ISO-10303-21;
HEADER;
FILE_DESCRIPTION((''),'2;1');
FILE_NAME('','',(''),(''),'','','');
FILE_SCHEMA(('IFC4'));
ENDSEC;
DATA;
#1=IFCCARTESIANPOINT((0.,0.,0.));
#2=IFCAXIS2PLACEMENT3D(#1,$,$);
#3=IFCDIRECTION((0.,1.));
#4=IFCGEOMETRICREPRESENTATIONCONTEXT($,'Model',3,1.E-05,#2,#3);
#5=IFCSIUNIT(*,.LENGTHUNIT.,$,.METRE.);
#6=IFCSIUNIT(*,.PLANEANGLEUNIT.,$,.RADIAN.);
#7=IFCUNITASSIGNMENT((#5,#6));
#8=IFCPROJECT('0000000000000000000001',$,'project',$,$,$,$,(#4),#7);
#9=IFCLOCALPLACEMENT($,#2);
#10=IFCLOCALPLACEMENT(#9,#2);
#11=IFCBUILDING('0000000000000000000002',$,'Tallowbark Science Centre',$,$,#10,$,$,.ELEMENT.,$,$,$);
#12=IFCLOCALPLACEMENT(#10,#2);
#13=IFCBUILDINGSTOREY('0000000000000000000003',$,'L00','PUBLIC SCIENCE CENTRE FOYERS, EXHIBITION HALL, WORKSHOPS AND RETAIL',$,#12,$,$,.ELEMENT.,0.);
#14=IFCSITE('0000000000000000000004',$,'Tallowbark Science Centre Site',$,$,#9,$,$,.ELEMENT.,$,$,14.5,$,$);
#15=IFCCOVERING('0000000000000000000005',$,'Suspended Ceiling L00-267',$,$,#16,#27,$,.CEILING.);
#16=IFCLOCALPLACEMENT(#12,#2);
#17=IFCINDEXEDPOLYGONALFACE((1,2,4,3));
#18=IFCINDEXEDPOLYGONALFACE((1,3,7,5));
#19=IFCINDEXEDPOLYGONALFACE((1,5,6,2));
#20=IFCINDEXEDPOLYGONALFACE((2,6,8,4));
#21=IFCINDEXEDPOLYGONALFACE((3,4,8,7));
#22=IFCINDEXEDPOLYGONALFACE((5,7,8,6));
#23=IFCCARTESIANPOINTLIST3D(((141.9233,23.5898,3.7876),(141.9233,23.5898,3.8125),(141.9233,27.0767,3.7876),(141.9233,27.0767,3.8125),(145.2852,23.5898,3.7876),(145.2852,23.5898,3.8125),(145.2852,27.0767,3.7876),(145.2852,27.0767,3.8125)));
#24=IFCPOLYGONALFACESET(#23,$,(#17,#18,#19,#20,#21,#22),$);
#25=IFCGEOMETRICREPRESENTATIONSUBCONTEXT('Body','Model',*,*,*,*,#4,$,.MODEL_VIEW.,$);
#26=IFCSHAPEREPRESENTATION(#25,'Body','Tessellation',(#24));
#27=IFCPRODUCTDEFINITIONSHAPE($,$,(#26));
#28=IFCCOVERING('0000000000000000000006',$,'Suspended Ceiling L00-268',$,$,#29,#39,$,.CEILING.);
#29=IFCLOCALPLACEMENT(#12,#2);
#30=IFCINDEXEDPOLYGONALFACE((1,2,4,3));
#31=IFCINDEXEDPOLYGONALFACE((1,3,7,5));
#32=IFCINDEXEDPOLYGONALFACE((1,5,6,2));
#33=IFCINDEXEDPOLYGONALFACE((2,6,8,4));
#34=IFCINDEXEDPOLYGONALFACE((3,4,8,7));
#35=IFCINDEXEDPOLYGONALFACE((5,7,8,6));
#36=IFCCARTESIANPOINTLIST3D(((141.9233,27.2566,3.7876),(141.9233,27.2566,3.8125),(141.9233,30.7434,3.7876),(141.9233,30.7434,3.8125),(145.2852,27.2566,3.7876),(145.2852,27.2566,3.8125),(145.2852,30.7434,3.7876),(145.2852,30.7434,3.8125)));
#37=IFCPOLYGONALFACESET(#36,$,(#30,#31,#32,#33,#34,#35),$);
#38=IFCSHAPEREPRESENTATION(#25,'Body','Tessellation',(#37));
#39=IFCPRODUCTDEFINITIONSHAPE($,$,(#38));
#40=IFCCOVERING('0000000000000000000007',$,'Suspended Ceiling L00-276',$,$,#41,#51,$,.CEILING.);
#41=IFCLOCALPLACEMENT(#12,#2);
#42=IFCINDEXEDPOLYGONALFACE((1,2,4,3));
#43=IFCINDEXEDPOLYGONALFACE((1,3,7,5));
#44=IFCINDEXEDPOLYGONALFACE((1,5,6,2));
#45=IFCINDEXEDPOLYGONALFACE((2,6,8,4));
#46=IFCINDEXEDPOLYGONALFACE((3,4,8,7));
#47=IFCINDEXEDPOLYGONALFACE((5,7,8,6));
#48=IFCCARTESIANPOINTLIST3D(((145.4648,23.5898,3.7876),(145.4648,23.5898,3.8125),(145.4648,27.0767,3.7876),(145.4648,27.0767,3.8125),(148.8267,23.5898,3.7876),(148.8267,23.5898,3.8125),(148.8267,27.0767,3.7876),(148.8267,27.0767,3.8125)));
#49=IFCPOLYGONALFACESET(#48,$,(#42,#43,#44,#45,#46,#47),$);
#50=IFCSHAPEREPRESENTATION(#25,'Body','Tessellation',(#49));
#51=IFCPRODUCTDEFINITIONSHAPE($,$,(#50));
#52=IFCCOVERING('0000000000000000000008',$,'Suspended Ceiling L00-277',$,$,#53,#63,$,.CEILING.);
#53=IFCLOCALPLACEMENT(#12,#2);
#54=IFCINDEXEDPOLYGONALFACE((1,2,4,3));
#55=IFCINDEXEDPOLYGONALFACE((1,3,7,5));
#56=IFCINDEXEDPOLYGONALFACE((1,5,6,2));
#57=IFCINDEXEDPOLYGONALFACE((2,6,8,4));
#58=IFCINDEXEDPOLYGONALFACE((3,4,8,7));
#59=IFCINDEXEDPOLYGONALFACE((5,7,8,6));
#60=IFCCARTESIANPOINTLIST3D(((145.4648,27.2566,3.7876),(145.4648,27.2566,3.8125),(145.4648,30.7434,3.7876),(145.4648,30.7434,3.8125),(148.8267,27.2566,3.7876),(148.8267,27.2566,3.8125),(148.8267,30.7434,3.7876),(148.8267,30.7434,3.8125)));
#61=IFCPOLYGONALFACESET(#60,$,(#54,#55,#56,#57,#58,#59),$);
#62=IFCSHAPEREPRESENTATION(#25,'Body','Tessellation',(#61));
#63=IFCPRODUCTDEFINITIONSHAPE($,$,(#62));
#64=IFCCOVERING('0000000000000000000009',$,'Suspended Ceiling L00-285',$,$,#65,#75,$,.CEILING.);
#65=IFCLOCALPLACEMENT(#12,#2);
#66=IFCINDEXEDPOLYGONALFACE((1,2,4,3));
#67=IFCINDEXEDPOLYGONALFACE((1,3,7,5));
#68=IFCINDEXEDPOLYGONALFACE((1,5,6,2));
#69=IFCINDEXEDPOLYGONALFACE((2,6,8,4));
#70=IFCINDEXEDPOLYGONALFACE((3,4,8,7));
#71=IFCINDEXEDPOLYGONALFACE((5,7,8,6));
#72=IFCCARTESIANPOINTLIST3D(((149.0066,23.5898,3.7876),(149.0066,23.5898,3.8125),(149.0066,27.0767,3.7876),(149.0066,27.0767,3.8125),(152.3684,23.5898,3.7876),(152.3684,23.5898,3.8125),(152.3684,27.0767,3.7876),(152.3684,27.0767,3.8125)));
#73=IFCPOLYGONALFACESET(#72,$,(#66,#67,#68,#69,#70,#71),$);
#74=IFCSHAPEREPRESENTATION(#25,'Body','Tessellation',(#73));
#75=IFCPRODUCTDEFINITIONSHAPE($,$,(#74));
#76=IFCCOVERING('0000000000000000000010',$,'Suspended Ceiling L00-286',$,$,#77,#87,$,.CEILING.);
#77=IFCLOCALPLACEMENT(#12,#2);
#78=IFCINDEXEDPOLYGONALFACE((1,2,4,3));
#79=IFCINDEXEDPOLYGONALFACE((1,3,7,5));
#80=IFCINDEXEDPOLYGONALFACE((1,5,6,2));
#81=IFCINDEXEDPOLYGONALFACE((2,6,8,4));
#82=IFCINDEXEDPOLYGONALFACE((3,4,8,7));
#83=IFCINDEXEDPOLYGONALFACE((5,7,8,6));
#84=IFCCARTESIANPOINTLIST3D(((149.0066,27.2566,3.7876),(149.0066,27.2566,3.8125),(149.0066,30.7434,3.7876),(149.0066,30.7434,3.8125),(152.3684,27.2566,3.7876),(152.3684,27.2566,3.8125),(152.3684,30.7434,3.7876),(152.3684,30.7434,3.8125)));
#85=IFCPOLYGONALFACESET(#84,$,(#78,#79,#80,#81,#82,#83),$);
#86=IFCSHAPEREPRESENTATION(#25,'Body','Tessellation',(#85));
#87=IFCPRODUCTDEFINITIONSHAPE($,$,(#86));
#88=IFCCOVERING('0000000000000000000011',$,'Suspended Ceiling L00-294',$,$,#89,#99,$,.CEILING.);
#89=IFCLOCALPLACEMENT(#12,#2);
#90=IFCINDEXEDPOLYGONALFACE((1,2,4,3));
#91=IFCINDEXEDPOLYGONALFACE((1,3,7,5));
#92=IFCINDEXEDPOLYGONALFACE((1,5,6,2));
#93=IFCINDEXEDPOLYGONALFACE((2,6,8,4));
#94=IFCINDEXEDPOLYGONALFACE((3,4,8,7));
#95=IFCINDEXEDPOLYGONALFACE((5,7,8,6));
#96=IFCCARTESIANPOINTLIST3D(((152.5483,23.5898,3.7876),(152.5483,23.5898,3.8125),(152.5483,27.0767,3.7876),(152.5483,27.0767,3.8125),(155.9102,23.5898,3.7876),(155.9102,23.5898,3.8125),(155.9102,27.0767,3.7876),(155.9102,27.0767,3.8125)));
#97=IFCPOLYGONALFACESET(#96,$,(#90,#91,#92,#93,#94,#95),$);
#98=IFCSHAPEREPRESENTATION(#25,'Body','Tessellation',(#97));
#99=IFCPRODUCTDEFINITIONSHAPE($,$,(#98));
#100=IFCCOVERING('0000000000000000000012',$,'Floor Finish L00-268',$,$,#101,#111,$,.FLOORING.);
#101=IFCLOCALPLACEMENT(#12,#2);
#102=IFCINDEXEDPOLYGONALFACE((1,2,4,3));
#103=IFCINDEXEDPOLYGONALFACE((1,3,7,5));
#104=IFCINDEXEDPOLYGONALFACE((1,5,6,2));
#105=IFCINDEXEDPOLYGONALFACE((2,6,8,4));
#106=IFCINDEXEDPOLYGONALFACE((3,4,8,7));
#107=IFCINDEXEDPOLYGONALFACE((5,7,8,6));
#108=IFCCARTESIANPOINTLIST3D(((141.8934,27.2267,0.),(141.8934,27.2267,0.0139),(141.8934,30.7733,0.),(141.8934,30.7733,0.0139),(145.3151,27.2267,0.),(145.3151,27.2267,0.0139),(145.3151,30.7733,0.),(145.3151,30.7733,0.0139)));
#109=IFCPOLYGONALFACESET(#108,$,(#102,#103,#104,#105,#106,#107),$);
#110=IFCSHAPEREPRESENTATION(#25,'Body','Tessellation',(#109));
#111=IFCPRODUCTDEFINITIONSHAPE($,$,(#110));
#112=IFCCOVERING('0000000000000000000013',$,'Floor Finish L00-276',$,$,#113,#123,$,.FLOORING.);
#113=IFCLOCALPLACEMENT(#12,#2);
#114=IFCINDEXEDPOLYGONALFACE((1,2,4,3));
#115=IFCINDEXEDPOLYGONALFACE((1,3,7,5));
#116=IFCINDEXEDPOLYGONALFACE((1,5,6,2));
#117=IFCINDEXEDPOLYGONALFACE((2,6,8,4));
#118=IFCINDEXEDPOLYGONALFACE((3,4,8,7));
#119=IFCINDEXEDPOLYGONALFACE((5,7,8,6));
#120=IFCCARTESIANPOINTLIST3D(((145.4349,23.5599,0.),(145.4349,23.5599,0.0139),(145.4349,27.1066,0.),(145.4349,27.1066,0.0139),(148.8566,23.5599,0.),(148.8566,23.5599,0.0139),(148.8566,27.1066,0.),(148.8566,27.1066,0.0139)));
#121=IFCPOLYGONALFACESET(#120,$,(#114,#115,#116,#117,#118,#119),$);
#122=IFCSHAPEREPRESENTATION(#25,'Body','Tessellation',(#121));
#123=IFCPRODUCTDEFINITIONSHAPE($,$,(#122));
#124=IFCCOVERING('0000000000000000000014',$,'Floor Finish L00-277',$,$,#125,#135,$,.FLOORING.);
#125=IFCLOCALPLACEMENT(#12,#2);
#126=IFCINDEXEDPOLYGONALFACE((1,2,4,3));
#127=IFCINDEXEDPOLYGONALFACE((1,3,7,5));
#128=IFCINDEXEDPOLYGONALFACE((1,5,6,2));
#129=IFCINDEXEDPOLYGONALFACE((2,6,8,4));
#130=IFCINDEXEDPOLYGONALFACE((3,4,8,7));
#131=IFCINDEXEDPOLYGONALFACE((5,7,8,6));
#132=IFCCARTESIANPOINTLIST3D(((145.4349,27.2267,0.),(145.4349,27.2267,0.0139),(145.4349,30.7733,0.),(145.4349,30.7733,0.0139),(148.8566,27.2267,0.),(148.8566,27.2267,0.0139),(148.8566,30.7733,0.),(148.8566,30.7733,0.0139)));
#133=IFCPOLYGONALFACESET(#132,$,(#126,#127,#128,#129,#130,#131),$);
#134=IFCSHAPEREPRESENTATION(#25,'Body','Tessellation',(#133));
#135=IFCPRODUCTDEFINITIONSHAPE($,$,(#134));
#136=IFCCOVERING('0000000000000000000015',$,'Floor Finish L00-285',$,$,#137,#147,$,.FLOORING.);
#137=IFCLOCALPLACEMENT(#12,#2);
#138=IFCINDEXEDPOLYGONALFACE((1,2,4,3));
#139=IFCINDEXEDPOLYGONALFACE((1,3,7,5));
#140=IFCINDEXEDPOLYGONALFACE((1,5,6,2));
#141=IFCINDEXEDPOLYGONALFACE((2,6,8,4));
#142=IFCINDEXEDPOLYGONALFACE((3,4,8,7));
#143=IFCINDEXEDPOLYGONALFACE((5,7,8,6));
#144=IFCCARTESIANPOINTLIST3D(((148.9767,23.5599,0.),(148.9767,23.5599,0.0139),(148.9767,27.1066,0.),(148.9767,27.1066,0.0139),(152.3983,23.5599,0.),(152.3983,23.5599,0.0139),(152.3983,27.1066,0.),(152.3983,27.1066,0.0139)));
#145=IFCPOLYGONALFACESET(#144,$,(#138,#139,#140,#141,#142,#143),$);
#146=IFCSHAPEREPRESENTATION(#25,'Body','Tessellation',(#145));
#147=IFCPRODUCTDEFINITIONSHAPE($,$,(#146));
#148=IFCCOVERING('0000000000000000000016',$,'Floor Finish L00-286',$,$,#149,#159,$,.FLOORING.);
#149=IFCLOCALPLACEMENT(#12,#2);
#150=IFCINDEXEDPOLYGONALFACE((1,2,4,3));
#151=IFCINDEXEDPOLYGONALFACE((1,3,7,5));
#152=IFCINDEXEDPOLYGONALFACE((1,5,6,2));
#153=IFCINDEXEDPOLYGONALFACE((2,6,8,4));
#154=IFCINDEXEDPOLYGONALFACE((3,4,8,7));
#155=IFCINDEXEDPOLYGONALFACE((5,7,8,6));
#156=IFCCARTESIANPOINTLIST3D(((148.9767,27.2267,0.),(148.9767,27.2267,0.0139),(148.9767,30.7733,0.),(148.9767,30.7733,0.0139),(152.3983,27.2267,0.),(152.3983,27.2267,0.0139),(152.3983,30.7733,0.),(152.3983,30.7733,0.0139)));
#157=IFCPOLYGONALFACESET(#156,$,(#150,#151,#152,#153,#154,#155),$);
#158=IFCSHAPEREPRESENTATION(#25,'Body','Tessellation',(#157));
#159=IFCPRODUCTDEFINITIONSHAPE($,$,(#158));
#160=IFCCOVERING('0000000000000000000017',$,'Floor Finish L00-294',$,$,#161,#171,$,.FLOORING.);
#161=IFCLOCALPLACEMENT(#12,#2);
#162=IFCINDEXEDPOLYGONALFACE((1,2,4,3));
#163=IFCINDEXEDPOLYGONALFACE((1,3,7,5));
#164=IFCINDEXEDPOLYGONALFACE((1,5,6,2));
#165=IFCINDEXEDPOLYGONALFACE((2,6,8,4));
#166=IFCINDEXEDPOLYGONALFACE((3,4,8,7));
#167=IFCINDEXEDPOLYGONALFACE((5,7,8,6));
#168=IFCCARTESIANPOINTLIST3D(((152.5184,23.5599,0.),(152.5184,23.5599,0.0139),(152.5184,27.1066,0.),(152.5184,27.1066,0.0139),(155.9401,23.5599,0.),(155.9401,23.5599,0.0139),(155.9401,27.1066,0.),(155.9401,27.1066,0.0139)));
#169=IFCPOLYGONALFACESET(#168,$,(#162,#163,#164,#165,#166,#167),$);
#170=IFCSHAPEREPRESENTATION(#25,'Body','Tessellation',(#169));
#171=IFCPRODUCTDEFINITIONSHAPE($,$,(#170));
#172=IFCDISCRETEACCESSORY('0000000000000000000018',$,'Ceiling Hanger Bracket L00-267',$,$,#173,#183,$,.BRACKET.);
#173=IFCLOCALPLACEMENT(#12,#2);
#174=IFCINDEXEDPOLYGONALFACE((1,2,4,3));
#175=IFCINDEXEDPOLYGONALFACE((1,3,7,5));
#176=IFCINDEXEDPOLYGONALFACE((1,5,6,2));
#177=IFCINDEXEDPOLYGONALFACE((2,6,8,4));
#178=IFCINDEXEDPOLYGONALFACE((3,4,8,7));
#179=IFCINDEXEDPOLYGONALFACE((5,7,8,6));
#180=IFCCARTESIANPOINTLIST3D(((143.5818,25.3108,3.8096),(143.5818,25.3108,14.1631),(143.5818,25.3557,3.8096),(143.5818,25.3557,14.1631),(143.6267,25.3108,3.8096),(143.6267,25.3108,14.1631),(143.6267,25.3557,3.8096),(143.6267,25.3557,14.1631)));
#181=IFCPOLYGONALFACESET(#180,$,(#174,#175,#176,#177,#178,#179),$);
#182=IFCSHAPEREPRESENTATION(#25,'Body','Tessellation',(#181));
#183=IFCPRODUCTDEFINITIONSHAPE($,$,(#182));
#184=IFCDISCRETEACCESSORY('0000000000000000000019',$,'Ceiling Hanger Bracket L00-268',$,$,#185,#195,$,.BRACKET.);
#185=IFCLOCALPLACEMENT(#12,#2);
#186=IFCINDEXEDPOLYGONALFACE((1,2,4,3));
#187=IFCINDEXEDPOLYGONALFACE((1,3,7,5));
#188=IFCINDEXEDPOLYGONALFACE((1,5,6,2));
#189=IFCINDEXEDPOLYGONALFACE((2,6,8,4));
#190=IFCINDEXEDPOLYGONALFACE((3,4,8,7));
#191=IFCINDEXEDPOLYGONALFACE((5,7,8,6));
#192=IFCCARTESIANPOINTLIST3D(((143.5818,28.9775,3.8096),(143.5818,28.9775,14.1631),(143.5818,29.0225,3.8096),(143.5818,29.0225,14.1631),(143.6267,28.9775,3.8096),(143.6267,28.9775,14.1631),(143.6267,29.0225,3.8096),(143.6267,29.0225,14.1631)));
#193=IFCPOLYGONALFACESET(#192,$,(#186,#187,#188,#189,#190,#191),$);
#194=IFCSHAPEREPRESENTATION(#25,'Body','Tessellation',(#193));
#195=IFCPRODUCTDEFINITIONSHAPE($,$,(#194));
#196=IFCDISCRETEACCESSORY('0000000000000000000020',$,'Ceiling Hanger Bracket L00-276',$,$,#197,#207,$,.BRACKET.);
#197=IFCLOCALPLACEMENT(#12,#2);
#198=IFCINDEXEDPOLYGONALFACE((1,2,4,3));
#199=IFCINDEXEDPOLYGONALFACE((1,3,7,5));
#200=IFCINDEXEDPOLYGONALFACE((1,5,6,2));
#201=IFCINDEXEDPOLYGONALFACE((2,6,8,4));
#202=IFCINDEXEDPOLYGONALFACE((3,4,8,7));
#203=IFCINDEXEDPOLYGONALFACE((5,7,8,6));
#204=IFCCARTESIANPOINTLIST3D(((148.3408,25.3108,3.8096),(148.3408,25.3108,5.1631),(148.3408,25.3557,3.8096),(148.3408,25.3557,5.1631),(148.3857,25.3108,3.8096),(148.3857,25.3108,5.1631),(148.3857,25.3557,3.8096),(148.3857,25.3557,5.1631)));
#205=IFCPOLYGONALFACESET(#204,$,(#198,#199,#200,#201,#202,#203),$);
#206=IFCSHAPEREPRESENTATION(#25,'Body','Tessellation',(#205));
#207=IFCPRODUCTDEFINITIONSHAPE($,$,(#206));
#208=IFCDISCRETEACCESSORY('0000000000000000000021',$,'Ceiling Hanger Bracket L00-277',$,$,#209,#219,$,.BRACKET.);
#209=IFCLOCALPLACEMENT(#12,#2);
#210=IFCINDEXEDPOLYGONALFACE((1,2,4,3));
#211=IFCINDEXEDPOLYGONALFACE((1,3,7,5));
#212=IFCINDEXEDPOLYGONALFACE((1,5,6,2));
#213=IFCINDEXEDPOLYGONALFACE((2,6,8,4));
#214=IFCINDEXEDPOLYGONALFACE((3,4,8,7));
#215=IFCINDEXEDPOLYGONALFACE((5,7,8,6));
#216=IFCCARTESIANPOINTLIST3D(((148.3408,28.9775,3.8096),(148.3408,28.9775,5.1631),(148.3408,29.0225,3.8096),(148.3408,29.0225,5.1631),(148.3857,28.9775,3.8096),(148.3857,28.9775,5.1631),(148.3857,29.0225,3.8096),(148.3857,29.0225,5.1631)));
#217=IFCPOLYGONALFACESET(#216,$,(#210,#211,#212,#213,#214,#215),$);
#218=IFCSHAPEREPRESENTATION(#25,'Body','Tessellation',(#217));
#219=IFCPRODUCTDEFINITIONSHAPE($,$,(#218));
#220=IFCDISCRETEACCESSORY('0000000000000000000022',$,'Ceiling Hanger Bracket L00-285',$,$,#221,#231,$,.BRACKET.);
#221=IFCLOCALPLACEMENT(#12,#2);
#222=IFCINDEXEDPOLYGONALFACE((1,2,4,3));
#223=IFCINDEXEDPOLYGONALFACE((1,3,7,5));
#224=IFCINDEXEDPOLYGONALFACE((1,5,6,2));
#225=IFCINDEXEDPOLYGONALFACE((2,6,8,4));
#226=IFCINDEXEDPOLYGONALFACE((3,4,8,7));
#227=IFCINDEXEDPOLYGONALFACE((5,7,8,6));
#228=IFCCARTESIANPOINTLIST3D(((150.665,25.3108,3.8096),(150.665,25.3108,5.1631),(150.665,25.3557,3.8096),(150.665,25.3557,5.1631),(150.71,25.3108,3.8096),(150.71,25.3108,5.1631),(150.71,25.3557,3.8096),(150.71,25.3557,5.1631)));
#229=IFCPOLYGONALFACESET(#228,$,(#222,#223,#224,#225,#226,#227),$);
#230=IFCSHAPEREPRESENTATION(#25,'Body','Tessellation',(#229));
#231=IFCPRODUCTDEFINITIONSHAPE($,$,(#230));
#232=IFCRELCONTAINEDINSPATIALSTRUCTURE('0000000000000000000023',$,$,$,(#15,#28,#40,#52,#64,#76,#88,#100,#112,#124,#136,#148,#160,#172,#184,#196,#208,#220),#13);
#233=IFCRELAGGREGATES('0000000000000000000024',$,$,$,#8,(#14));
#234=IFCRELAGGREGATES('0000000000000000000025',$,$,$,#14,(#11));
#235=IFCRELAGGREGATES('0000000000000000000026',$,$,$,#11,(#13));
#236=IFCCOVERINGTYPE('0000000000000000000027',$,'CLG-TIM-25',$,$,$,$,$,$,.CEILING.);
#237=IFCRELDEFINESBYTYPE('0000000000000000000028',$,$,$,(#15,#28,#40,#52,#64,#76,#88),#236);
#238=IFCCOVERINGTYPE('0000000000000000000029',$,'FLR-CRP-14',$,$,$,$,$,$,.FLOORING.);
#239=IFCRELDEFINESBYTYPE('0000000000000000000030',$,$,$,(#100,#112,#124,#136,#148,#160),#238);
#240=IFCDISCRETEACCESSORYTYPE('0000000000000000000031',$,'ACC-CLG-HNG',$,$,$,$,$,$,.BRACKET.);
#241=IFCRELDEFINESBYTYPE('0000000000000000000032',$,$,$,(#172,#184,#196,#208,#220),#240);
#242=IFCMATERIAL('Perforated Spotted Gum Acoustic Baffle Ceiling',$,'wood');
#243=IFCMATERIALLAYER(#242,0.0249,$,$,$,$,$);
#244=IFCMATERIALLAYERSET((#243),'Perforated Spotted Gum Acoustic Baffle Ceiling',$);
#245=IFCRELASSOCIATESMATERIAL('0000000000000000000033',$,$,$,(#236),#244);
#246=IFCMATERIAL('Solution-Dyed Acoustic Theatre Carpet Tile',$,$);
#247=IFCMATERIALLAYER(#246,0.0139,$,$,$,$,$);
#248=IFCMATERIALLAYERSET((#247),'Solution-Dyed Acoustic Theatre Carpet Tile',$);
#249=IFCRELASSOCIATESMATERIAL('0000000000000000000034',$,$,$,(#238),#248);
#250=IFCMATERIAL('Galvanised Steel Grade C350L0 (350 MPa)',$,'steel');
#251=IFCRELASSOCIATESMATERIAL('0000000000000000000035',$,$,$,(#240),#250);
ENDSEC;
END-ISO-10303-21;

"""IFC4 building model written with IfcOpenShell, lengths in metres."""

from ifc_helpers import new_model, si_unit, direction, frame, origin, origin_2d, place, context, subcontext, project, spatial, rectangle, extrude, material, layer, layer_set, type_object, element, save


model = new_model("IFC4")

# Units and contexts
model_context = context("Model", 3, precision=1e-05, world=origin(), true_north=direction((0.0, 1.0)))
body_context = subcontext(model_context, "Body", "Model", "MODEL_VIEW")
ifc_project = project(units=[si_unit("LENGTHUNIT", "METRE"), si_unit("PLANEANGLEUNIT", "RADIAN")], contexts=[model_context])

# Site, building, storey
site_placement = place(None, origin())
site = spatial("IfcSite", under=ifc_project, at=site_placement, Name="Tallowbark Science Centre Site", CompositionType="ELEMENT", RefElevation=14.5)
building_placement = place(site_placement, origin())
building = spatial("IfcBuilding", under=site, at=building_placement, Name="Tallowbark Science Centre", CompositionType="ELEMENT")
storey_placement = place(building_placement, origin())
storey = spatial("IfcBuildingStorey", under=building, at=storey_placement, Name="L00", Description="PUBLIC SCIENCE CENTRE FOYERS, EXHIBITION HALL, WORKSHOPS AND RETAIL", CompositionType="ELEMENT", Elevation=0.0)

# Coverings
ifc_material_1 = material(Name="Perforated Spotted Gum Acoustic Baffle Ceiling", Category="wood")
ifc_layer_1 = layer(ifc_material_1, 0.0249)
ifc_layer_set_1 = layer_set([ifc_layer_1], Name="Perforated Spotted Gum Acoustic Baffle Ceiling")
covering_type_1 = type_object("IfcCoveringType", Name="CLG-TIM-25", PredefinedType="CEILING", material=ifc_layer_set_1)
for number, where, z_axis, x_axis, name in (
    (1, (143.6042, 25.3333, 3.7876), (0.0, 0.0, 1.0), (1.0, 0.0, 0.0), "Suspended Ceiling L00-267"),
    (2, (143.6042, 29.0, 3.7876), (0.0, 0.0, 1.0), (1.0, 0.0, 0.0), "Suspended Ceiling L00-268"),
    (3, (147.1458, 25.3333, 3.7876), (0.0, 0.0, 1.0), (1.0, 0.0, 0.0), "Suspended Ceiling L00-276"),
    (4, (147.1458, 29.0, 3.7876), (0.0, 0.0, 1.0), (1.0, 0.0, 0.0), "Suspended Ceiling L00-277"),
    (5, (150.6875, 25.3333, 3.7876), (0.0, 0.0, 1.0), (1.0, 0.0, 0.0), "Suspended Ceiling L00-285"),
    (6, (150.6875, 29.0, 3.7876), (0.0, 0.0, 1.0), (1.0, 0.0, 0.0), "Suspended Ceiling L00-286"),
    (7, (154.2292, 25.3333, 3.7876), (0.0, 0.0, 1.0), (1.0, 0.0, 0.0), "Suspended Ceiling L00-294"),
):
    element("IfcCovering", number, at=place(storey_placement, frame(where, z_axis=z_axis, x_axis=x_axis)), inside=storey, type_object=covering_type_1, Name=name, PredefinedType="CEILING", context=body_context, shape_type="SweptSolid", body=[
        extrude(rectangle(XDim=3.3618, YDim=3.4868, at=origin_2d()), origin(), (0.0, 0.0, 1.0), 0.0249),
    ])
ifc_material_2 = material(Name="Solution-Dyed Acoustic Theatre Carpet Tile")
ifc_layer_2 = layer(ifc_material_2, 0.0139)
ifc_layer_set_2 = layer_set([ifc_layer_2], Name="Solution-Dyed Acoustic Theatre Carpet Tile")
covering_type_2 = type_object("IfcCoveringType", Name="FLR-CRP-14", PredefinedType="FLOORING", material=ifc_layer_set_2)
for number, where, z_axis, x_axis, name in (
    (8, (143.6042, 29.0, 0.0), (0.0, 0.0, 1.0), (1.0, 0.0, 0.0), "Floor Finish L00-268"),
    (9, (147.1458, 25.3333, 0.0), (0.0, 0.0, 1.0), (1.0, 0.0, 0.0), "Floor Finish L00-276"),
    (10, (147.1458, 29.0, 0.0), (0.0, 0.0, 1.0), (1.0, 0.0, 0.0), "Floor Finish L00-277"),
    (11, (150.6875, 25.3333, 0.0), (0.0, 0.0, 1.0), (1.0, 0.0, 0.0), "Floor Finish L00-285"),
    (12, (150.6875, 29.0, 0.0), (0.0, 0.0, 1.0), (1.0, 0.0, 0.0), "Floor Finish L00-286"),
    (13, (154.2292, 25.3333, 0.0), (0.0, 0.0, 1.0), (1.0, 0.0, 0.0), "Floor Finish L00-294"),
):
    element("IfcCovering", number, at=place(storey_placement, frame(where, z_axis=z_axis, x_axis=x_axis)), inside=storey, type_object=covering_type_2, Name=name, PredefinedType="FLOORING", context=body_context, shape_type="SweptSolid", body=[
        extrude(rectangle(XDim=3.4216, YDim=3.5466, at=origin_2d()), origin(), (0.0, 0.0, 1.0), 0.0139),
    ])

# Discrete accessories
ifc_material_3 = material(Name="Galvanised Steel Grade C350L0 (350 MPa)", Category="steel")
discrete_accessory_type = type_object("IfcDiscreteAccessoryType", Name="ACC-CLG-HNG", PredefinedType="BRACKET", material=ifc_material_3)
for number, where, z_axis, x_axis, name in (
    (14, (143.6042, 25.3333, 3.8096), (0.0, 0.0, 1.0), (1.0, 0.0, 0.0), "Ceiling Hanger Bracket L00-267"),
    (15, (143.6042, 29.0, 3.8096), (0.0, 0.0, 1.0), (1.0, 0.0, 0.0), "Ceiling Hanger Bracket L00-268"),
):
    element("IfcDiscreteAccessory", number, at=place(storey_placement, frame(where, z_axis=z_axis, x_axis=x_axis)), inside=storey, type_object=discrete_accessory_type, Name=name, PredefinedType="BRACKET", context=body_context, shape_type="SweptSolid", body=[
        extrude(rectangle(XDim=0.0449, YDim=0.0449, at=origin_2d()), origin(), (0.0, 0.0, 1.0), 10.3535),
    ])
for number, where, z_axis, x_axis, name in (
    (16, (148.3633, 25.3333, 3.8096), (0.0, 0.0, 1.0), (1.0, 0.0, 0.0), "Ceiling Hanger Bracket L00-276"),
    (17, (148.3633, 29.0, 3.8096), (0.0, 0.0, 1.0), (1.0, 0.0, 0.0), "Ceiling Hanger Bracket L00-277"),
    (18, (150.6875, 25.3333, 3.8096), (0.0, 0.0, 1.0), (1.0, 0.0, 0.0), "Ceiling Hanger Bracket L00-285"),
):
    element("IfcDiscreteAccessory", number, at=place(storey_placement, frame(where, z_axis=z_axis, x_axis=x_axis)), inside=storey, type_object=discrete_accessory_type, Name=name, PredefinedType="BRACKET", context=body_context, shape_type="SweptSolid", body=[
        extrude(rectangle(XDim=0.0449, YDim=0.0449, at=origin_2d()), origin(), (0.0, 0.0, 1.0), 1.3535),
    ])

save(model, "model.ifc")
